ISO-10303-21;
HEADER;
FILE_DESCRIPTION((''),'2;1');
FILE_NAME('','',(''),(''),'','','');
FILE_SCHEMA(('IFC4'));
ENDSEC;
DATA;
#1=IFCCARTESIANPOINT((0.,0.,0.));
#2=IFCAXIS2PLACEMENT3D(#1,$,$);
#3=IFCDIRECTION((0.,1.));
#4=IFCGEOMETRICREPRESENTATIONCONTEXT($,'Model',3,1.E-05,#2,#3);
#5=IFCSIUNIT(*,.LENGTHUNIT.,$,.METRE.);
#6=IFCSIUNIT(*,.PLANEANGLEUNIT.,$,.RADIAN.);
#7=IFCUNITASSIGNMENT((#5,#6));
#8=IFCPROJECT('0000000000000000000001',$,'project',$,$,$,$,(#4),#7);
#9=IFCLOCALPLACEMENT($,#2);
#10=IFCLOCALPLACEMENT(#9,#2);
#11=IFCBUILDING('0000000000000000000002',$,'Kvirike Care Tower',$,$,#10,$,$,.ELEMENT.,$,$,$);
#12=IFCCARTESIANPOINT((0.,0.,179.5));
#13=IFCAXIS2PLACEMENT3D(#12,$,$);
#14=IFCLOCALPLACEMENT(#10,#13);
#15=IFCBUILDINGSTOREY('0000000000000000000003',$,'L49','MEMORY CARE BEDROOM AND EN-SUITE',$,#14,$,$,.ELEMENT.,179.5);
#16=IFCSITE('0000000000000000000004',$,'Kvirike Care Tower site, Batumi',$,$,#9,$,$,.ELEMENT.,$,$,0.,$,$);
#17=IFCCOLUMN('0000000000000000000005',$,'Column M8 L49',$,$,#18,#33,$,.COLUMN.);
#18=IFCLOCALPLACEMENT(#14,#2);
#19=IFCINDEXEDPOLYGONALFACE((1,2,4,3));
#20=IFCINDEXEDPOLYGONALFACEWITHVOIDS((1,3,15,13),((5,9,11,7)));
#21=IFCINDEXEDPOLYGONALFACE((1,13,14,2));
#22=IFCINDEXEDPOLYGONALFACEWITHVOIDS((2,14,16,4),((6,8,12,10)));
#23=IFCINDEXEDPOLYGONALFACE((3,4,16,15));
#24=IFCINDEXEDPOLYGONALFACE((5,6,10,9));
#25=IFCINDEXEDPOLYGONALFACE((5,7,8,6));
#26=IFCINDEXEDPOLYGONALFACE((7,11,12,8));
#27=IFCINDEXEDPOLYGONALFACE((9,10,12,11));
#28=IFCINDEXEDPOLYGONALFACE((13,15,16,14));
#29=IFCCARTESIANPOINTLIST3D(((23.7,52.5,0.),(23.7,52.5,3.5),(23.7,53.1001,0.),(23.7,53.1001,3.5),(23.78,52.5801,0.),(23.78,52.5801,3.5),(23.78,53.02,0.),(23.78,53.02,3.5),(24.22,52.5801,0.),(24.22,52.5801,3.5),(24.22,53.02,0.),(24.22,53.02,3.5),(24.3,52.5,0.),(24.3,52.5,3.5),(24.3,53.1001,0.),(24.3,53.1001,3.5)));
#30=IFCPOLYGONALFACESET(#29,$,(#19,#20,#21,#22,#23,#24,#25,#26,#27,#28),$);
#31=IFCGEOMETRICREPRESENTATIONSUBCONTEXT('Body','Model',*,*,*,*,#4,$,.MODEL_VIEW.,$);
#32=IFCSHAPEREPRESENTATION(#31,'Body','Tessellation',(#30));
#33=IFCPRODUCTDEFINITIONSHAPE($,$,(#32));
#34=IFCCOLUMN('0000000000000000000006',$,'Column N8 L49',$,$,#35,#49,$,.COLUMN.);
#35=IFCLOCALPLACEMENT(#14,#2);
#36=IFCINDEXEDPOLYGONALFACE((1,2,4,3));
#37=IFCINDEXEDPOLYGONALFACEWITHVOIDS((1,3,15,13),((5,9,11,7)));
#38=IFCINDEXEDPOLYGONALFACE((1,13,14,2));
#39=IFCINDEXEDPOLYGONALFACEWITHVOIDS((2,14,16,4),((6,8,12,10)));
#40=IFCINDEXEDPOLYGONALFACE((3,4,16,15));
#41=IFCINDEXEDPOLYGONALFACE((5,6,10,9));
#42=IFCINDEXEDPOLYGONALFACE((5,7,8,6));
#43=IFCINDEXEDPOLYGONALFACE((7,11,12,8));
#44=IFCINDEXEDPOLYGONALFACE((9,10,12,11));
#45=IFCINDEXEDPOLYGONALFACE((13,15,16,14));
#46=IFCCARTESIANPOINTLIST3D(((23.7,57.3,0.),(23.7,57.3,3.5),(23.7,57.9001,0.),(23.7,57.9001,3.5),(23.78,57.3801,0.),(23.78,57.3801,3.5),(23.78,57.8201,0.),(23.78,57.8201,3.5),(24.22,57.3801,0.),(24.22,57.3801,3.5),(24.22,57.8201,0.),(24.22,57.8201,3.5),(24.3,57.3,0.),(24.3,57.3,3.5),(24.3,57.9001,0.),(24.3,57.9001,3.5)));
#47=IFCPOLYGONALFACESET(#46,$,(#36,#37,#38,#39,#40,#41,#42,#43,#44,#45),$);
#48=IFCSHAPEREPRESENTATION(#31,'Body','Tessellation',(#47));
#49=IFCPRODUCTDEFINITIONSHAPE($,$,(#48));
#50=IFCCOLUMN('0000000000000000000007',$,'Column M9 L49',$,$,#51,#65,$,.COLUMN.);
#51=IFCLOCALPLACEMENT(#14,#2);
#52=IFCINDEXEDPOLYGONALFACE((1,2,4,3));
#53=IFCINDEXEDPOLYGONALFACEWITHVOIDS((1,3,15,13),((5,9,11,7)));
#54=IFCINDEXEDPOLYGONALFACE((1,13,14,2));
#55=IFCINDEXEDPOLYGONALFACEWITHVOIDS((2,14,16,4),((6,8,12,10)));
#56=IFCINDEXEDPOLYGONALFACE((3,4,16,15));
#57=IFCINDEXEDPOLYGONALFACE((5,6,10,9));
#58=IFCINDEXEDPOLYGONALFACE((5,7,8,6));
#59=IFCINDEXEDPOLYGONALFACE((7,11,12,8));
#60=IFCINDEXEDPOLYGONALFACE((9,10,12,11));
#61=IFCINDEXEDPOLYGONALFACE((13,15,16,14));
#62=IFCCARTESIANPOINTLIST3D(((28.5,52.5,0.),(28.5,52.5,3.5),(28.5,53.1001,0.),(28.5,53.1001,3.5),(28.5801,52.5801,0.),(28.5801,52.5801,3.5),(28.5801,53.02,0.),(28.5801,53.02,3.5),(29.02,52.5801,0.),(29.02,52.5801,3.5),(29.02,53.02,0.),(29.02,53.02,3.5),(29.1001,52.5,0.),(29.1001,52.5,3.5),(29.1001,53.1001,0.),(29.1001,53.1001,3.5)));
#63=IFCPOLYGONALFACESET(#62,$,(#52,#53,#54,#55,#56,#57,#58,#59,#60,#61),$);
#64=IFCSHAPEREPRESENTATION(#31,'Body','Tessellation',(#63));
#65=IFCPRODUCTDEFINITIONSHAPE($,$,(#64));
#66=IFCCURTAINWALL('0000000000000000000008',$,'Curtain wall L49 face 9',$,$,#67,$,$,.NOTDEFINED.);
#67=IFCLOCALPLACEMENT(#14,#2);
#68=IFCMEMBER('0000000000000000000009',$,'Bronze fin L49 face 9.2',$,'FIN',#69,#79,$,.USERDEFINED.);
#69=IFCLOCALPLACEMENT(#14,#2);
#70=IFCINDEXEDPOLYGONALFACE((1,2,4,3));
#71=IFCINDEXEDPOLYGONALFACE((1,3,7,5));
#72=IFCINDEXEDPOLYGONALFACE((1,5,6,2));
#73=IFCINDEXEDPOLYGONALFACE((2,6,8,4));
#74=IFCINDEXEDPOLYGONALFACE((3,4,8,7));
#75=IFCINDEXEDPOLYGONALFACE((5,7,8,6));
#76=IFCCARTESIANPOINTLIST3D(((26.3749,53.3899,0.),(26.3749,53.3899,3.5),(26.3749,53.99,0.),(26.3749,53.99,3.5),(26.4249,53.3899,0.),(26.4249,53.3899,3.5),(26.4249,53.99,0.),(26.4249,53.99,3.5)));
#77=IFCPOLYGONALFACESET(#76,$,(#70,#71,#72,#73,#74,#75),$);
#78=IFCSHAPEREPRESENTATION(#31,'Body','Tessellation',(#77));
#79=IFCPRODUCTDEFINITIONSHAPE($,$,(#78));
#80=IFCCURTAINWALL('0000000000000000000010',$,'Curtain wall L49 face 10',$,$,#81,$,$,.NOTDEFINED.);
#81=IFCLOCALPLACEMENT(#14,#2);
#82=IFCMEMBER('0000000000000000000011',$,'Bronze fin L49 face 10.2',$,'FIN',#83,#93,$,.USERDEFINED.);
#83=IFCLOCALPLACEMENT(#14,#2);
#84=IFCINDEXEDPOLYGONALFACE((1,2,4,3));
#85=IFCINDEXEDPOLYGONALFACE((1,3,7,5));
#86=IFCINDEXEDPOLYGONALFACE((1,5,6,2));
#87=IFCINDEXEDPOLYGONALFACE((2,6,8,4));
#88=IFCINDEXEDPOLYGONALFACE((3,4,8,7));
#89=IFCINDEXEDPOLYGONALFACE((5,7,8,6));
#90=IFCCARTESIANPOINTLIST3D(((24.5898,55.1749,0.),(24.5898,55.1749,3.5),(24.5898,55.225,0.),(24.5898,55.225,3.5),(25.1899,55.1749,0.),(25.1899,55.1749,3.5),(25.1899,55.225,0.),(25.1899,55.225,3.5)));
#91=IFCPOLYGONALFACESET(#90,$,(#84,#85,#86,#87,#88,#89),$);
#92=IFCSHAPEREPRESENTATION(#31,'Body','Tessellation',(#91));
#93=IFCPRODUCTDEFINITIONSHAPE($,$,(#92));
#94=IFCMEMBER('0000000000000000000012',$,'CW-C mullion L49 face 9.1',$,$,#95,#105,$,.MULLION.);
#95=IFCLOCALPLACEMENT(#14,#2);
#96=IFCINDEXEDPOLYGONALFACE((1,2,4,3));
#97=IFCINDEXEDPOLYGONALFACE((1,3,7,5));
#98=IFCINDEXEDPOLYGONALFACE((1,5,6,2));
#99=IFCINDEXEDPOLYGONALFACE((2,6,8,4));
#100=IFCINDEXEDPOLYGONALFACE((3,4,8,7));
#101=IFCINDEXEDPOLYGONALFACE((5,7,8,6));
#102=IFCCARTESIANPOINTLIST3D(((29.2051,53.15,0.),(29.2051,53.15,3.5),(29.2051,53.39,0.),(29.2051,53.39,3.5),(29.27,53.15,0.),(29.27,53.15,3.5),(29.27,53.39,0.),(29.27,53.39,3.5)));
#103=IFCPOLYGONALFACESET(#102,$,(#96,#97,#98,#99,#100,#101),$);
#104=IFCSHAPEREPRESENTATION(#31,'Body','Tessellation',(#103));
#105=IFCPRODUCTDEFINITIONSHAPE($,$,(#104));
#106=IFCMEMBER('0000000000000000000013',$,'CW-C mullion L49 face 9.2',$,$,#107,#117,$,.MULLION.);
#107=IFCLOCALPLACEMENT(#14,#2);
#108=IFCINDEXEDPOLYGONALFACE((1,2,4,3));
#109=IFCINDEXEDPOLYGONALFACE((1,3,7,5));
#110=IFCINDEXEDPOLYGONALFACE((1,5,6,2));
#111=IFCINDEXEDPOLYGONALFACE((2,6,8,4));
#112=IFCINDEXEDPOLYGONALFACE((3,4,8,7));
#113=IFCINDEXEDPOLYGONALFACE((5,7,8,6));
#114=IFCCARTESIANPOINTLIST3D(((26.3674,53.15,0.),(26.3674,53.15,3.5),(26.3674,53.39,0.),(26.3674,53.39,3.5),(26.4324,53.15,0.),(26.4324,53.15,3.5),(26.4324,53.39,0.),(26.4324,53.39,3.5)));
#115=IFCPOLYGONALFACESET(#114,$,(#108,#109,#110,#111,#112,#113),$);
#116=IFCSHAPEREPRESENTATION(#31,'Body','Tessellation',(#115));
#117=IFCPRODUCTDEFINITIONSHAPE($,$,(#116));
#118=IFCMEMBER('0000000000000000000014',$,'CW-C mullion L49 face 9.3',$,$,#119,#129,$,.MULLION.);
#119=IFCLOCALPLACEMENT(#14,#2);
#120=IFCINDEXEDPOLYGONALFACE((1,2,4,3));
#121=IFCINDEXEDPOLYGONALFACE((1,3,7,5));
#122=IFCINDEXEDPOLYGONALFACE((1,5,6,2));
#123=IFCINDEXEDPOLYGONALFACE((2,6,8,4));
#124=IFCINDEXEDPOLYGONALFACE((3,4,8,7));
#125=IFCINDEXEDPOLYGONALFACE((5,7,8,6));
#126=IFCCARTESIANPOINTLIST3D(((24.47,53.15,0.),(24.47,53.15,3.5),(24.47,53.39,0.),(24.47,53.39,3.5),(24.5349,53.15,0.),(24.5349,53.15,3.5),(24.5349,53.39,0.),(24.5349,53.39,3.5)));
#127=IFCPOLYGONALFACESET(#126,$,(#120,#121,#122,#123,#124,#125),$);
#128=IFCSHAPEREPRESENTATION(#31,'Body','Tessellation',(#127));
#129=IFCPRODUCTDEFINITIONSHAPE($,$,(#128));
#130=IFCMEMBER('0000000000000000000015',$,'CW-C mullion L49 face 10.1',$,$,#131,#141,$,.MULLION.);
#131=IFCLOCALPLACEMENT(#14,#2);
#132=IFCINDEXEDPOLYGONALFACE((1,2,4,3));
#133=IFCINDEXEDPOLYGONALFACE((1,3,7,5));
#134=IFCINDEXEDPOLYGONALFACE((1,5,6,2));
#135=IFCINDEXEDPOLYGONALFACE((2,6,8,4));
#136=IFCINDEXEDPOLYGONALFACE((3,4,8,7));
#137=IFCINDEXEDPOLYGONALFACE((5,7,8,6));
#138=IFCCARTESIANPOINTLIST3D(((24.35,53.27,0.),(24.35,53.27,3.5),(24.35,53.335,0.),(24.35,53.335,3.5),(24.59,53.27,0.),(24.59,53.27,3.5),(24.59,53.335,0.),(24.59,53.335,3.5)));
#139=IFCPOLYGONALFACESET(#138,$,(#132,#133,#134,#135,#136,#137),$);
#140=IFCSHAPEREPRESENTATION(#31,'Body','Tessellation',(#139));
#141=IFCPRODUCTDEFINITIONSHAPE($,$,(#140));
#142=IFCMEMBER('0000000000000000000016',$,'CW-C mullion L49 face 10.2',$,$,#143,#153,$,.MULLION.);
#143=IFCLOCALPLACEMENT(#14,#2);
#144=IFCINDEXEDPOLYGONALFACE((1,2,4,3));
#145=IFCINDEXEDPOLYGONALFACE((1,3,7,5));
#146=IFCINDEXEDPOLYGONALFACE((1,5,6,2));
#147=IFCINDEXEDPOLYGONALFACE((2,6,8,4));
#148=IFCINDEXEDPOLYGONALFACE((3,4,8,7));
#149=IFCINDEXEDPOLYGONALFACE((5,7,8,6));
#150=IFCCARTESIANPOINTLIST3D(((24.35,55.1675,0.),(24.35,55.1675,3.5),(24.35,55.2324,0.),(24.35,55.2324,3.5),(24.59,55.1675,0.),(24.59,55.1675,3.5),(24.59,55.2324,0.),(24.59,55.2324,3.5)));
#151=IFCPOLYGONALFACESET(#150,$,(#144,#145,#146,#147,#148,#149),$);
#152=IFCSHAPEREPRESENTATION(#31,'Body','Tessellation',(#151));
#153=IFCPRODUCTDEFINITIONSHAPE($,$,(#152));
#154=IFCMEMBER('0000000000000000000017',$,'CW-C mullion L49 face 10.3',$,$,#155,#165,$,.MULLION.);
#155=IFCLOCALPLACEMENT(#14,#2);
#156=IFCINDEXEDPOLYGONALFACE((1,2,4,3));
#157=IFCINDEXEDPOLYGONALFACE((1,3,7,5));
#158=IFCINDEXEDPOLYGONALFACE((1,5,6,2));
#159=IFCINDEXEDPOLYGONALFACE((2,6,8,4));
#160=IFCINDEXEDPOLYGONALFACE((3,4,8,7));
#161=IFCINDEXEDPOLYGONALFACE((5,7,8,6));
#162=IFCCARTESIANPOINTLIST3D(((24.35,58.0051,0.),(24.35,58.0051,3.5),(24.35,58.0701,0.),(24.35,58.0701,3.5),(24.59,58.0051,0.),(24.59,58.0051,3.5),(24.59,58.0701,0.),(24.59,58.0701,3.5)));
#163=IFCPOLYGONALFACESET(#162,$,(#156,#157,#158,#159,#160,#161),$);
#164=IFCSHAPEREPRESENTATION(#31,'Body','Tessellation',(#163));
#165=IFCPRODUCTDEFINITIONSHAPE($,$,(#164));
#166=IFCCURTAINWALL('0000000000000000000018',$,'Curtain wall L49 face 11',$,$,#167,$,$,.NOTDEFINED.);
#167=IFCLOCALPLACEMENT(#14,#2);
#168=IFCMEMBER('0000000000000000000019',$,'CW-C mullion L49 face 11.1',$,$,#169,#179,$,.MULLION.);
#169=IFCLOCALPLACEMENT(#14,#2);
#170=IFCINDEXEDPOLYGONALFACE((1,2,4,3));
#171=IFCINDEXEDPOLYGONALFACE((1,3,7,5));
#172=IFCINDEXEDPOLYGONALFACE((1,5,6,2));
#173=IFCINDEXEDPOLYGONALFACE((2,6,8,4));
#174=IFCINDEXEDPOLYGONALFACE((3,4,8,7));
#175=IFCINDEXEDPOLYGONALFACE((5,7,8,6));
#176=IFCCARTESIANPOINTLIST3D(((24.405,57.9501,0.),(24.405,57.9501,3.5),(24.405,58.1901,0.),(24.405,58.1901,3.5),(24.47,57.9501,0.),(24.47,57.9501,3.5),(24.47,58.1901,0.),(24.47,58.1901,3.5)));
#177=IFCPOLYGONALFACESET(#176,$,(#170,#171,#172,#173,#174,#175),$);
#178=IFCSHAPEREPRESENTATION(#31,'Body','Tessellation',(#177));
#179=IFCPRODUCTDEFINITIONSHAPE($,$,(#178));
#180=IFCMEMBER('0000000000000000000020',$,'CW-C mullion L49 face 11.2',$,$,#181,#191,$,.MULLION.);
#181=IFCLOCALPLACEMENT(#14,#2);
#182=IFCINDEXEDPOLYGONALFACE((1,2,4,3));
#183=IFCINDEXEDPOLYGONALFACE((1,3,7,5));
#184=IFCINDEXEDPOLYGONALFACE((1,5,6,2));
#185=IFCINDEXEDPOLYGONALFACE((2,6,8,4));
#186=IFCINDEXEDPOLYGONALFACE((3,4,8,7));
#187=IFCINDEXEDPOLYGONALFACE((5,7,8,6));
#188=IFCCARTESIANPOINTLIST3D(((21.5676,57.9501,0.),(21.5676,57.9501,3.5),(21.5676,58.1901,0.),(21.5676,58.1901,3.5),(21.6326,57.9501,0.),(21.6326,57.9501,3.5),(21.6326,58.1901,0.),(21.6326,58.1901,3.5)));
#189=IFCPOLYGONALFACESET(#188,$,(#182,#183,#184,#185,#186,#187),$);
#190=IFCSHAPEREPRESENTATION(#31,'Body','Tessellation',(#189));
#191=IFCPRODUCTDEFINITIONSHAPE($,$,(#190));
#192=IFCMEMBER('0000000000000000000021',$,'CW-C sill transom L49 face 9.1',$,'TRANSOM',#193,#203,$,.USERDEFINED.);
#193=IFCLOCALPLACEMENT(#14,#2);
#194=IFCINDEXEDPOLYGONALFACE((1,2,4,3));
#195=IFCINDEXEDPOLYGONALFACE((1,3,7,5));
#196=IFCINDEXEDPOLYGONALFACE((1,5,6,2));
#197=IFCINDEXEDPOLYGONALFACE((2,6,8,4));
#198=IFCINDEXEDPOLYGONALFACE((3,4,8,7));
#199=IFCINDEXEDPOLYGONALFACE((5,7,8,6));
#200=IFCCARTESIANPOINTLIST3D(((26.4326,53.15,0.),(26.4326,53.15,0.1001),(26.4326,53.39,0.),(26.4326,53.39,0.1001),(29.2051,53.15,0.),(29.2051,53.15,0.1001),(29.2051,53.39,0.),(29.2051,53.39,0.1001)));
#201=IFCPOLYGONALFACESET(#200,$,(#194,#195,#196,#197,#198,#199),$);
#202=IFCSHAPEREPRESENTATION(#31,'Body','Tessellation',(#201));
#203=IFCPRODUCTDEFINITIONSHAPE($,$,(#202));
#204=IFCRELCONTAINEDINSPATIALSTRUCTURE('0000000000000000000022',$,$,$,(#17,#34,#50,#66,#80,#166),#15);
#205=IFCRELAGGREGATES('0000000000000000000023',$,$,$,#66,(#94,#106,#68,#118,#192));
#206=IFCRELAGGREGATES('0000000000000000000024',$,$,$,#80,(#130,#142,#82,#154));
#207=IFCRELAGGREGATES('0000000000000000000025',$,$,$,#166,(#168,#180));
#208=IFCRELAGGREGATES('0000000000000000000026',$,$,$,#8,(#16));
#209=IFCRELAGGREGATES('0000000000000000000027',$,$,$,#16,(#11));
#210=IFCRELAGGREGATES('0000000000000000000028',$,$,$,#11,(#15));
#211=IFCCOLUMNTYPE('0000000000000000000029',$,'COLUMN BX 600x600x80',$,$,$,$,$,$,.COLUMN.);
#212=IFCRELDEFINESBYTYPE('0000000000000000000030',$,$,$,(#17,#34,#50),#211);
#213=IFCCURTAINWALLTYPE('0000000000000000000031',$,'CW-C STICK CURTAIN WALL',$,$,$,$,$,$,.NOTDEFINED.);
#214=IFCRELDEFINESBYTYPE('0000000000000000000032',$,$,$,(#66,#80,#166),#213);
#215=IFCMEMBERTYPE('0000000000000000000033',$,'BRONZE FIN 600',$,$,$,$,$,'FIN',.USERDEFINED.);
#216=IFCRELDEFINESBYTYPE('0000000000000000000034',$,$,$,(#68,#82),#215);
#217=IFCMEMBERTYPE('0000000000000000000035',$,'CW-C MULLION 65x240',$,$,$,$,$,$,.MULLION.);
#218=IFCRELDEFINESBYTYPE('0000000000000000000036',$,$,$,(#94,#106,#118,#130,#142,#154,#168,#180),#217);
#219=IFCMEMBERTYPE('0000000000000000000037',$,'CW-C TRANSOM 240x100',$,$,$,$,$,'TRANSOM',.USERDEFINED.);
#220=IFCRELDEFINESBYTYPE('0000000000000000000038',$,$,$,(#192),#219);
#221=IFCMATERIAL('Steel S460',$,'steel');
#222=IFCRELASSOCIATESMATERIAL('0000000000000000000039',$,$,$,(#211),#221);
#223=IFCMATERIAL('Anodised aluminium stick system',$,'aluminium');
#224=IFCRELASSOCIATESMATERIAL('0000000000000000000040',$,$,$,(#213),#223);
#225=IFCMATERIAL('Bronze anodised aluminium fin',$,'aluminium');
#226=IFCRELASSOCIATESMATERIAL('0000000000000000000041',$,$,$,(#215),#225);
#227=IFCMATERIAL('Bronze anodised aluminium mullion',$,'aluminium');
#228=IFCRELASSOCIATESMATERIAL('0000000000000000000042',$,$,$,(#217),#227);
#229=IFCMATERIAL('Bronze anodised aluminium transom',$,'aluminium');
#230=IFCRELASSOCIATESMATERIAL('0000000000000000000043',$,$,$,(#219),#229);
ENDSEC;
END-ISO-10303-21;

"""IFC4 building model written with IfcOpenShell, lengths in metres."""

from ifc_helpers import new_model, si_unit, direction, frame, origin, origin_2d, place, context, subcontext, project, spatial, rectangle, hollow_rectangle, extrude, material, material_profile, profile_set, type_object, element, aggregate, save


model = new_model("IFC4")

# Units and contexts
model_context = context("Model", 3, precision=1e-05, world=origin(), true_north=direction((0.0, 1.0)))
body_context = subcontext(model_context, "Body", "Model", "MODEL_VIEW")
ifc_project = project(units=[si_unit("LENGTHUNIT", "METRE"), si_unit("PLANEANGLEUNIT", "RADIAN")], contexts=[model_context])

# Site, building, storey
site_placement = place(None, origin())
site = spatial("IfcSite", under=ifc_project, at=site_placement, Name="Kvirike Care Tower site, Batumi", CompositionType="ELEMENT", RefElevation=0.0)
building_placement = place(site_placement, origin())
building = spatial("IfcBuilding", under=site, at=building_placement, Name="Kvirike Care Tower", CompositionType="ELEMENT")
storey_placement = place(building_placement, frame((0.0, 0.0, 179.5)))
storey = spatial("IfcBuildingStorey", under=building, at=storey_placement, Name="L49", Description="MEMORY CARE BEDROOM AND EN-SUITE", CompositionType="ELEMENT", Elevation=179.5)

# Columns
ifc_material_1 = material(Name="Steel S460", Category="steel")
ifc_material_profile_1 = material_profile(ifc_material_1, hollow_rectangle(XDim=0.6001, YDim=0.6001, WallThickness=0.0801, at=origin_2d()), Name="BX 600x600x80")
ifc_profile_set_1 = profile_set([ifc_material_profile_1], Name="Steel S460")
column_type = type_object("IfcColumnType", Name="COLUMN BX 600x600x80", PredefinedType="COLUMN", material=ifc_profile_set_1)
for number, where, z_axis, x_axis, name in (
    (1, (24.0, 52.8, 0.0), (0.0, 0.0, 1.0), (0.0, 1.0, 0.0), "Column M8 L49"),
    (2, (24.0, 57.6001, 0.0), (0.0, 0.0, 1.0), (0.0, 1.0, 0.0), "Column N8 L49"),
    (3, (28.8, 52.8, 0.0), (0.0, 0.0, 1.0), (0.0, 1.0, 0.0), "Column M9 L49"),
):
    element("IfcColumn", number, at=place(storey_placement, frame(where, z_axis=z_axis, x_axis=x_axis)), inside=storey, type_object=column_type, Name=name, PredefinedType="COLUMN", context=body_context, shape_type="SweptSolid", body=[
        extrude(hollow_rectangle(XDim=0.6001, YDim=0.6001, WallThickness=0.0801, at=origin_2d()), origin(), (0.0, 0.0, 1.0), 3.5),
    ])

# Curtain walls, members
ifc_material_2 = material(Name="Anodised aluminium stick system", Category="aluminium")
curtain_wall_type = type_object("IfcCurtainWallType", Name="CW-C STICK CURTAIN WALL", PredefinedType="NOTDEFINED", material=ifc_material_2)
curtain_wall_1_placement = place(storey_placement, origin())
curtain_wall_1 = element("IfcCurtainWall", 4, at=curtain_wall_1_placement, inside=storey, type_object=curtain_wall_type, Name="Curtain wall L49 face 9", PredefinedType="NOTDEFINED")
ifc_material_3 = material(Name="Bronze anodised aluminium fin", Category="aluminium")
ifc_material_profile_2 = material_profile(ifc_material_3, rectangle(XDim=0.05, YDim=0.6001, at=origin_2d()), Name="BRONZE FIN 600")
ifc_profile_set_2 = profile_set([ifc_material_profile_2], Name="Bronze anodised aluminium fin")
member_type_1 = type_object("IfcMemberType", Name="BRONZE FIN 600", ElementType="FIN", PredefinedType="USERDEFINED", material=ifc_profile_set_2)
member_1_placement = place(storey_placement, frame((26.3999, 53.6899, 0.0), z_axis=(0.0, 0.0, 1.0), x_axis=(-1.0, 0.0, 0.0)))
member_1 = element("IfcMember", 5, at=member_1_placement, type_object=member_type_1, Name="Bronze fin L49 face 9.2", ObjectType="FIN", PredefinedType="USERDEFINED", context=body_context, shape_type="SweptSolid", body=[
    extrude(rectangle(XDim=0.05, YDim=0.6001, at=origin_2d()), origin(), (0.0, 0.0, 1.0), 3.5),
])
curtain_wall_2_placement = place(storey_placement, origin())
curtain_wall_2 = element("IfcCurtainWall", 6, at=curtain_wall_2_placement, inside=storey, type_object=curtain_wall_type, Name="Curtain wall L49 face 10", PredefinedType="NOTDEFINED")
member_2_placement = place(storey_placement, frame((24.8899, 55.2, 0.0), z_axis=(0.0, 0.0, 1.0), x_axis=(0.0, 1.0, 0.0)))
member_2 = element("IfcMember", 7, at=member_2_placement, type_object=member_type_1, Name="Bronze fin L49 face 10.2", ObjectType="FIN", PredefinedType="USERDEFINED", context=body_context, shape_type="SweptSolid", body=[
    extrude(rectangle(XDim=0.05, YDim=0.6001, at=origin_2d()), origin(), (0.0, 0.0, 1.0), 3.5),
])

# Members
ifc_material_4 = material(Name="Bronze anodised aluminium mullion", Category="aluminium")
ifc_material_profile_3 = material_profile(ifc_material_4, rectangle(XDim=0.0649, YDim=0.24, at=origin_2d()), Name="CW-C MULLION 65x240")
ifc_profile_set_3 = profile_set([ifc_material_profile_3], Name="Bronze anodised aluminium mullion")
member_type_2 = type_object("IfcMemberType", Name="CW-C MULLION 65x240", PredefinedType="MULLION", material=ifc_profile_set_3)
member_3_placement = place(storey_placement, frame((29.2375, 53.27, 0.0), z_axis=(0.0, 0.0, 1.0), x_axis=(-1.0, 0.0, 0.0)))
member_3 = element("IfcMember", 8, at=member_3_placement, type_object=member_type_2, Name="CW-C mullion L49 face 9.1", PredefinedType="MULLION", context=body_context, shape_type="SweptSolid", body=[
    extrude(rectangle(XDim=0.0649, YDim=0.24, at=origin_2d()), origin(), (0.0, 0.0, 1.0), 3.5),
])
member_4_placement = place(storey_placement, frame((26.3999, 53.27, 0.0), z_axis=(0.0, 0.0, 1.0), x_axis=(-1.0, 0.0, 0.0)))
member_4 = element("IfcMember", 9, at=member_4_placement, type_object=member_type_2, Name="CW-C mullion L49 face 9.2", PredefinedType="MULLION", context=body_context, shape_type="SweptSolid", body=[
    extrude(rectangle(XDim=0.0649, YDim=0.24, at=origin_2d()), origin(), (0.0, 0.0, 1.0), 3.5),
])
member_5_placement = place(storey_placement, frame((24.5024, 53.27, 0.0), z_axis=(0.0, 0.0, 1.0), x_axis=(-1.0, 0.0, 0.0)))
member_5 = element("IfcMember", 10, at=member_5_placement, type_object=member_type_2, Name="CW-C mullion L49 face 9.3", PredefinedType="MULLION", context=body_context, shape_type="SweptSolid", body=[
    extrude(rectangle(XDim=0.0649, YDim=0.24, at=origin_2d()), origin(), (0.0, 0.0, 1.0), 3.5),
])
member_6_placement = place(storey_placement, frame((24.47, 53.3025, 0.0), z_axis=(0.0, 0.0, 1.0), x_axis=(0.0, 1.0, 0.0)))
member_6 = element("IfcMember", 11, at=member_6_placement, type_object=member_type_2, Name="CW-C mullion L49 face 10.1", PredefinedType="MULLION", context=body_context, shape_type="SweptSolid", body=[
    extrude(rectangle(XDim=0.0649, YDim=0.24, at=origin_2d()), origin(), (0.0, 0.0, 1.0), 3.5),
])
member_7_placement = place(storey_placement, frame((24.47, 55.2, 0.0), z_axis=(0.0, 0.0, 1.0), x_axis=(0.0, 1.0, 0.0)))
member_7 = element("IfcMember", 12, at=member_7_placement, type_object=member_type_2, Name="CW-C mullion L49 face 10.2", PredefinedType="MULLION", context=body_context, shape_type="SweptSolid", body=[
    extrude(rectangle(XDim=0.0649, YDim=0.24, at=origin_2d()), origin(), (0.0, 0.0, 1.0), 3.5),
])
member_8_placement = place(storey_placement, frame((24.47, 58.0376, 0.0), z_axis=(0.0, 0.0, 1.0), x_axis=(0.0, 1.0, 0.0)))
member_8 = element("IfcMember", 13, at=member_8_placement, type_object=member_type_2, Name="CW-C mullion L49 face 10.3", PredefinedType="MULLION", context=body_context, shape_type="SweptSolid", body=[
    extrude(rectangle(XDim=0.0649, YDim=0.24, at=origin_2d()), origin(), (0.0, 0.0, 1.0), 3.5),
])

# Curtain wall, members
curtain_wall_3_placement = place(storey_placement, origin())
curtain_wall_3 = element("IfcCurtainWall", 14, at=curtain_wall_3_placement, inside=storey, type_object=curtain_wall_type, Name="Curtain wall L49 face 11", PredefinedType="NOTDEFINED")
member_9_placement = place(storey_placement, frame((24.4375, 58.0701, 0.0), z_axis=(0.0, 0.0, 1.0), x_axis=(-1.0, 0.0, 0.0)))
member_9 = element("IfcMember", 15, at=member_9_placement, type_object=member_type_2, Name="CW-C mullion L49 face 11.1", PredefinedType="MULLION", context=body_context, shape_type="SweptSolid", body=[
    extrude(rectangle(XDim=0.0649, YDim=0.24, at=origin_2d()), origin(), (0.0, 0.0, 1.0), 3.5),
])
member_10_placement = place(storey_placement, frame((21.6001, 58.0701, 0.0), z_axis=(0.0, 0.0, 1.0), x_axis=(-1.0, 0.0, 0.0)))
member_10 = element("IfcMember", 16, at=member_10_placement, type_object=member_type_2, Name="CW-C mullion L49 face 11.2", PredefinedType="MULLION", context=body_context, shape_type="SweptSolid", body=[
    extrude(rectangle(XDim=0.0649, YDim=0.24, at=origin_2d()), origin(), (0.0, 0.0, 1.0), 3.5),
])

# Member
ifc_material_5 = material(Name="Bronze anodised aluminium transom", Category="aluminium")
ifc_material_profile_4 = material_profile(ifc_material_5, rectangle(XDim=0.24, YDim=0.1001, at=origin_2d()), Name="CW-C TRANSOM 240x100")
ifc_profile_set_4 = profile_set([ifc_material_profile_4], Name="Bronze anodised aluminium transom")
member_type_3 = type_object("IfcMemberType", Name="CW-C TRANSOM 240x100", ElementType="TRANSOM", PredefinedType="USERDEFINED", material=ifc_profile_set_4)
member_11_placement = place(storey_placement, frame((29.2051, 53.27, 0.05), z_axis=(-1.0, 0.0, 0.0), x_axis=(0.0, -1.0, 0.0)))
member_11 = element("IfcMember", 17, at=member_11_placement, type_object=member_type_3, Name="CW-C sill transom L49 face 9.1", ObjectType="TRANSOM", PredefinedType="USERDEFINED", context=body_context, shape_type="SweptSolid", body=[
    extrude(rectangle(XDim=0.24, YDim=0.1001, at=origin_2d()), origin(), (0.0, 0.0, 1.0), 2.7725),
])

aggregate(curtain_wall_1, [member_3, member_4, member_1, member_5, member_11])
aggregate(curtain_wall_2, [member_6, member_7, member_2, member_8])
aggregate(curtain_wall_3, [member_9, member_10])

save(model, "model.ifc")
